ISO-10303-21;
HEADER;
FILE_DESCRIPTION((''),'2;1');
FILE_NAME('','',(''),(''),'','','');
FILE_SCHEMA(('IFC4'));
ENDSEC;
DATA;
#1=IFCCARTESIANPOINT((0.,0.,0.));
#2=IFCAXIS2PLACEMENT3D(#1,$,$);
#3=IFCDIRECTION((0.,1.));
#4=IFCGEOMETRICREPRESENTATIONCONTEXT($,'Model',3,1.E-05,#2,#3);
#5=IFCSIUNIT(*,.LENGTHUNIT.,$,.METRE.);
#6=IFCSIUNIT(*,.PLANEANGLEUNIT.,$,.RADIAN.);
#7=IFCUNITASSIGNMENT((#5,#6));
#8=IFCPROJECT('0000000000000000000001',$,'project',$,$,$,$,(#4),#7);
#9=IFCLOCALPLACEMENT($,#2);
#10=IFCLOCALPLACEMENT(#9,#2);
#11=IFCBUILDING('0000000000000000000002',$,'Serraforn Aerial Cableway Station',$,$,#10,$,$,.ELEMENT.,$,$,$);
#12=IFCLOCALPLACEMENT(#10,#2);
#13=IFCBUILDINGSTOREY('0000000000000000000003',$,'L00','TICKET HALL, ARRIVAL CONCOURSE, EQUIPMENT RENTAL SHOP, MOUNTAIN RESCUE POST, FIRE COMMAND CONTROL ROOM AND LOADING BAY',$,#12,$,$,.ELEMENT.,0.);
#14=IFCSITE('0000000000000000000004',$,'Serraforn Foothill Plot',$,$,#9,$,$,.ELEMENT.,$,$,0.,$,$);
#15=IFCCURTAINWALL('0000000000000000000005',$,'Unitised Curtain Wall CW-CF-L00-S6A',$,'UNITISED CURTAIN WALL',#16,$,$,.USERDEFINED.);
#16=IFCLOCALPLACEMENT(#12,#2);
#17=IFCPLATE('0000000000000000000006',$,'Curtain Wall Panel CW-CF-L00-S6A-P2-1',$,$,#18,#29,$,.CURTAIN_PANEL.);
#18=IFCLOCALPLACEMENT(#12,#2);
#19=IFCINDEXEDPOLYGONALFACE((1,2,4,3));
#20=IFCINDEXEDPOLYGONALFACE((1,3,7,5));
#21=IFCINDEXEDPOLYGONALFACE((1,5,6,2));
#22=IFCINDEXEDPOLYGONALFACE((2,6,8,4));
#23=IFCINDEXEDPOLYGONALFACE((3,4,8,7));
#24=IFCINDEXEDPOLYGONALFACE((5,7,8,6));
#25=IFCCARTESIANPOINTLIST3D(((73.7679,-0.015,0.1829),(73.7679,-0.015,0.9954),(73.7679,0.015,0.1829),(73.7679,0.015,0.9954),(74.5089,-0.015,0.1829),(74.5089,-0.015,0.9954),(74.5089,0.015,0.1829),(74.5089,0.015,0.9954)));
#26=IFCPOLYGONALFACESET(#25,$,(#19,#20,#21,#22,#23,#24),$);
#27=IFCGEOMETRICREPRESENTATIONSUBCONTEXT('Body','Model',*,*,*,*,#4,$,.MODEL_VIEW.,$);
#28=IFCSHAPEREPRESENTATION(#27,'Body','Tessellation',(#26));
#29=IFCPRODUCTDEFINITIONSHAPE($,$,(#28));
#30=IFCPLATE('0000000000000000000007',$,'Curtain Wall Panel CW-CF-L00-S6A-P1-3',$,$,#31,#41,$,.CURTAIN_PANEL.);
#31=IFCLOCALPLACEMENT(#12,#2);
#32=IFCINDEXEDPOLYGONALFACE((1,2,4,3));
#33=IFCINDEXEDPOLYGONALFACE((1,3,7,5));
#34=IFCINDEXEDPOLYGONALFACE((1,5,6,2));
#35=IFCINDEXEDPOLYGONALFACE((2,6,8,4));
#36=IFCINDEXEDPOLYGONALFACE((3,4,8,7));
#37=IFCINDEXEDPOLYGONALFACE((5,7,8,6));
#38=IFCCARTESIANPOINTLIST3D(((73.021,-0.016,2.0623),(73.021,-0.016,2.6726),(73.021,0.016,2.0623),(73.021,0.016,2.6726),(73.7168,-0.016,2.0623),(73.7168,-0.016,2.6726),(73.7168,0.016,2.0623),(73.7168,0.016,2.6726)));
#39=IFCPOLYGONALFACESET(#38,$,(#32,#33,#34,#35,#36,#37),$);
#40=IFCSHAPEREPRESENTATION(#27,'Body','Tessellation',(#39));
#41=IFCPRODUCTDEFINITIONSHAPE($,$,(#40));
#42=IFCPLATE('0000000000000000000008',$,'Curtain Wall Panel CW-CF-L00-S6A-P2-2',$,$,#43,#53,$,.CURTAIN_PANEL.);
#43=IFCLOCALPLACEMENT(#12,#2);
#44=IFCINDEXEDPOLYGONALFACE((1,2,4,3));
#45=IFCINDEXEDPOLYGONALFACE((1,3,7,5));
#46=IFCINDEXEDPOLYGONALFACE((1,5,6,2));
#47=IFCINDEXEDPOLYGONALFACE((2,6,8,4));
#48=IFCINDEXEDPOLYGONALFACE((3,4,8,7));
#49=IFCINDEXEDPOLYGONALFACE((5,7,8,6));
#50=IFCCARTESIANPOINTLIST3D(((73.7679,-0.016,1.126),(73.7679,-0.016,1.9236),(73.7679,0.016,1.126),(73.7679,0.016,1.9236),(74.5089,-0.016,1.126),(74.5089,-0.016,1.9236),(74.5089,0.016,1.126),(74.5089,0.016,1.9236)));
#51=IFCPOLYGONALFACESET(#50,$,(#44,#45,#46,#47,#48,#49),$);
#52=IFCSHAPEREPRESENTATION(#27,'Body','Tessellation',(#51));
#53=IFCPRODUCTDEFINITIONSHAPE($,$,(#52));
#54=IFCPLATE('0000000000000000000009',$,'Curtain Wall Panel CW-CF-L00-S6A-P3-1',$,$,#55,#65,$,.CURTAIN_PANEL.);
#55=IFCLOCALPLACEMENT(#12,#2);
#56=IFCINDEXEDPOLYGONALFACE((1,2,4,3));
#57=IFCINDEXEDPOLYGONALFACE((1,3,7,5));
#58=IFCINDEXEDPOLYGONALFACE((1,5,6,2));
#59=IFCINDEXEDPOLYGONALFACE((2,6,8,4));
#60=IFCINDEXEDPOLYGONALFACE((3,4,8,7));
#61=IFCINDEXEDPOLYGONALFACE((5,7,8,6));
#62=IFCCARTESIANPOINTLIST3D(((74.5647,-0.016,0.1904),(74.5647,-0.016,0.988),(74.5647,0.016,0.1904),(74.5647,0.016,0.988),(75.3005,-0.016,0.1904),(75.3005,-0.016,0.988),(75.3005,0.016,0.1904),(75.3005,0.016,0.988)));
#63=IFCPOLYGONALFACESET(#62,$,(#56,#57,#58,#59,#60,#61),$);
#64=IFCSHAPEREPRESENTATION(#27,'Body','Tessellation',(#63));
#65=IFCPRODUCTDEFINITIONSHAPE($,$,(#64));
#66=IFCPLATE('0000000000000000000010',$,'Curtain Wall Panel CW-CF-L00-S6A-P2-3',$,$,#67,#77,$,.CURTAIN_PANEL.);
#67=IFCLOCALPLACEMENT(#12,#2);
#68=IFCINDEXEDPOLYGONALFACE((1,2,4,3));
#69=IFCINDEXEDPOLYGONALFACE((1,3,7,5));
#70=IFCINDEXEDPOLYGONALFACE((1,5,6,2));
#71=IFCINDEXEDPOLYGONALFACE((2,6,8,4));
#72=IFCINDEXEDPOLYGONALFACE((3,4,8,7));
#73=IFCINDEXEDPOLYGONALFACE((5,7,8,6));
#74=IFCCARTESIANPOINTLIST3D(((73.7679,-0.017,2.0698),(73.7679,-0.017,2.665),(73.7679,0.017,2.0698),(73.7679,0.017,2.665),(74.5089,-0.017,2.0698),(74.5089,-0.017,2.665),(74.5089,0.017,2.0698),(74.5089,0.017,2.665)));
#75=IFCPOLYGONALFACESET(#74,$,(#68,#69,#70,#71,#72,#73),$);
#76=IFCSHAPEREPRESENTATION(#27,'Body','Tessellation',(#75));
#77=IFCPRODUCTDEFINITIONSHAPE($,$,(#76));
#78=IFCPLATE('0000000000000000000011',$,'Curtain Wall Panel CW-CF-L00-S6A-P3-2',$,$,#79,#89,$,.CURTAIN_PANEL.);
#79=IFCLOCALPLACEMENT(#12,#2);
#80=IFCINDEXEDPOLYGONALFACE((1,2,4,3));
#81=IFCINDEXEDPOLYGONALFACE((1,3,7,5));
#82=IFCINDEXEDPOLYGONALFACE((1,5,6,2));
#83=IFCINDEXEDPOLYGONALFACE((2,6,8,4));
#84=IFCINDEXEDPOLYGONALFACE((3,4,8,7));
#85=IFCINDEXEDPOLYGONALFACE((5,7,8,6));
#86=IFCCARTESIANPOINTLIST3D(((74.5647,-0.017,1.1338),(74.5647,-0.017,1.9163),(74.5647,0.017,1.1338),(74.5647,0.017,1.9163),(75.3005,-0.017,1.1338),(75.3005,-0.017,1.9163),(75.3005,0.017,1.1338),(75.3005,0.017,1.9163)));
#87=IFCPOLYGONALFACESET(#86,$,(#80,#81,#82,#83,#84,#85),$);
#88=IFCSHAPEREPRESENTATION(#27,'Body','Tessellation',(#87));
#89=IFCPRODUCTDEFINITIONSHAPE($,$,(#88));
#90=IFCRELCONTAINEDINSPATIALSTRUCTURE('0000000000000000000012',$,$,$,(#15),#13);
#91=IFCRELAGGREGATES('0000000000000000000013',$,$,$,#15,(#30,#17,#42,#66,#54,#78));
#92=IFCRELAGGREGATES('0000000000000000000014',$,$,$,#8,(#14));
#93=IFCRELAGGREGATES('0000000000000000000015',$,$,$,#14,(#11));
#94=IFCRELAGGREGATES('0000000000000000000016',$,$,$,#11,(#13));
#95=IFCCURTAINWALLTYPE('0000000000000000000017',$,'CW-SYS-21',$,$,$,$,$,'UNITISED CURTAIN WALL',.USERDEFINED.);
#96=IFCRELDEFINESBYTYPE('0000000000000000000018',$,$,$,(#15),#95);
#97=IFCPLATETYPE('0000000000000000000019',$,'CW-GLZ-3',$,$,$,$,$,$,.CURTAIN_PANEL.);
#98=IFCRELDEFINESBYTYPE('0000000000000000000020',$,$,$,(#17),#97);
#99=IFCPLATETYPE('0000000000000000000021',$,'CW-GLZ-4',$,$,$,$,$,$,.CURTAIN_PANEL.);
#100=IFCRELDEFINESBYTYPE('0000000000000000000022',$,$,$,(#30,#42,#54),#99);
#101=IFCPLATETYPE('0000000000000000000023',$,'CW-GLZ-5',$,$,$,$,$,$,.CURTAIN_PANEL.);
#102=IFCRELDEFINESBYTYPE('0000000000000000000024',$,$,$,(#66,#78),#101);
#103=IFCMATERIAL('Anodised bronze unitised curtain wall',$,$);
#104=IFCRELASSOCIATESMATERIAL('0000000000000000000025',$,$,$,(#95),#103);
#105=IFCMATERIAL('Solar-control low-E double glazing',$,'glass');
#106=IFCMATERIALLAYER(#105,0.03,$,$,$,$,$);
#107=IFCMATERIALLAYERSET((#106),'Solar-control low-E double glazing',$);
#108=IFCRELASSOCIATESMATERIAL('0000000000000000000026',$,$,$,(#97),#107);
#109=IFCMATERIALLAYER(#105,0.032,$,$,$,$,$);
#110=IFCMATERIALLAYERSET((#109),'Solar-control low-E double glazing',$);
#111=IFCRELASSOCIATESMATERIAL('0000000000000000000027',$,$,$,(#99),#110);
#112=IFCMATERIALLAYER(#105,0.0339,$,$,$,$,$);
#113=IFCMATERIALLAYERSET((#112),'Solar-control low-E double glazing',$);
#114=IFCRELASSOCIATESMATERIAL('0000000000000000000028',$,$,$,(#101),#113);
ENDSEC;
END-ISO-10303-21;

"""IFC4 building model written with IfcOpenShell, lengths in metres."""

from ifc_helpers import new_model, si_unit, direction, frame, origin, origin_2d, place, context, subcontext, project, spatial, rectangle, extrude, material, layer, layer_set, type_object, element, aggregate, save


model = new_model("IFC4")

# Units and contexts
model_context = context("Model", 3, precision=1e-05, world=origin(), true_north=direction((0.0, 1.0)))
body_context = subcontext(model_context, "Body", "Model", "MODEL_VIEW")
ifc_project = project(units=[si_unit("LENGTHUNIT", "METRE"), si_unit("PLANEANGLEUNIT", "RADIAN")], contexts=[model_context])

# Site, building, storey
site_placement = place(None, origin())
site = spatial("IfcSite", under=ifc_project, at=site_placement, Name="Serraforn Foothill Plot", CompositionType="ELEMENT", RefElevation=0.0)
building_placement = place(site_placement, origin())
building = spatial("IfcBuilding", under=site, at=building_placement, Name="Serraforn Aerial Cableway Station", CompositionType="ELEMENT")
storey_placement = place(building_placement, origin())
storey = spatial("IfcBuildingStorey", under=building, at=storey_placement, Name="L00", Description="TICKET HALL, ARRIVAL CONCOURSE, EQUIPMENT RENTAL SHOP, MOUNTAIN RESCUE POST, FIRE COMMAND CONTROL ROOM AND LOADING BAY", CompositionType="ELEMENT", Elevation=0.0)

# Curtain wall, plates
ifc_material_1 = material(Name="Anodised bronze unitised curtain wall")
curtain_wall_type = type_object("IfcCurtainWallType", Name="CW-SYS-21", ElementType="UNITISED CURTAIN WALL", PredefinedType="USERDEFINED", material=ifc_material_1)
curtain_wall_placement = place(storey_placement, origin())
curtain_wall = element("IfcCurtainWall", 1, at=curtain_wall_placement, inside=storey, type_object=curtain_wall_type, Name="Unitised Curtain Wall CW-CF-L00-S6A", ObjectType="UNITISED CURTAIN WALL", PredefinedType="USERDEFINED")
ifc_material_2 = material(Name="Solar-control low-E double glazing", Category="glass")
ifc_layer_1 = layer(ifc_material_2, 0.03)
ifc_layer_set_1 = layer_set([ifc_layer_1], Name="Solar-control low-E double glazing")
plate_type_1 = type_object("IfcPlateType", Name="CW-GLZ-3", PredefinedType="CURTAIN_PANEL", material=ifc_layer_set_1)
plate_1_placement = place(storey_placement, frame((74.1384, 0.0, 0.1829), z_axis=(0.0, 0.0, 1.0), x_axis=(1.0, 0.0, 0.0)))
plate_1 = element("IfcPlate", 2, at=plate_1_placement, type_object=plate_type_1, Name="Curtain Wall Panel CW-CF-L00-S6A-P2-1", PredefinedType="CURTAIN_PANEL", context=body_context, shape_type="SweptSolid", body=[
    extrude(rectangle(XDim=0.741, YDim=0.03, at=origin_2d()), origin(), (0.0, 0.0, 1.0), 0.8125),
])
ifc_layer_2 = layer(ifc_material_2, 0.032)
ifc_layer_set_2 = layer_set([ifc_layer_2], Name="Solar-control low-E double glazing")
plate_type_2 = type_object("IfcPlateType", Name="CW-GLZ-4", PredefinedType="CURTAIN_PANEL", material=ifc_layer_set_2)
plate_2_placement = place(storey_placement, frame((73.3689, 0.0, 2.0623), z_axis=(0.0, 0.0, 1.0), x_axis=(1.0, 0.0, 0.0)))
plate_2 = element("IfcPlate", 3, at=plate_2_placement, type_object=plate_type_2, Name="Curtain Wall Panel CW-CF-L00-S6A-P1-3", PredefinedType="CURTAIN_PANEL", context=body_context, shape_type="SweptSolid", body=[
    extrude(rectangle(XDim=0.6958, YDim=0.032, at=origin_2d()), origin(), (0.0, 0.0, 1.0), 0.6104),
])
plate_3_placement = place(storey_placement, frame((74.1384, 0.0, 1.126), z_axis=(0.0, 0.0, 1.0), x_axis=(1.0, 0.0, 0.0)))
plate_3 = element("IfcPlate", 4, at=plate_3_placement, type_object=plate_type_2, Name="Curtain Wall Panel CW-CF-L00-S6A-P2-2", PredefinedType="CURTAIN_PANEL", context=body_context, shape_type="SweptSolid", body=[
    extrude(rectangle(XDim=0.741, YDim=0.032, at=origin_2d()), origin(), (0.0, 0.0, 1.0), 0.7976),
])
plate_4_placement = place(storey_placement, frame((74.9326, 0.0, 0.1904), z_axis=(0.0, 0.0, 1.0), x_axis=(1.0, 0.0, 0.0)))
plate_4 = element("IfcPlate", 5, at=plate_4_placement, type_object=plate_type_2, Name="Curtain Wall Panel CW-CF-L00-S6A-P3-1", PredefinedType="CURTAIN_PANEL", context=body_context, shape_type="SweptSolid", body=[
    extrude(rectangle(XDim=0.7358, YDim=0.032, at=origin_2d()), origin(), (0.0, 0.0, 1.0), 0.7976),
])
ifc_layer_3 = layer(ifc_material_2, 0.0339)
ifc_layer_set_3 = layer_set([ifc_layer_3], Name="Solar-control low-E double glazing")
plate_type_3 = type_object("IfcPlateType", Name="CW-GLZ-5", PredefinedType="CURTAIN_PANEL", material=ifc_layer_set_3)
plate_5_placement = place(storey_placement, frame((74.1384, 0.0, 2.0698), z_axis=(0.0, 0.0, 1.0), x_axis=(1.0, 0.0, 0.0)))
plate_5 = element("IfcPlate", 6, at=plate_5_placement, type_object=plate_type_3, Name="Curtain Wall Panel CW-CF-L00-S6A-P2-3", PredefinedType="CURTAIN_PANEL", context=body_context, shape_type="SweptSolid", body=[
    extrude(rectangle(XDim=0.741, YDim=0.0339, at=origin_2d()), origin(), (0.0, 0.0, 1.0), 0.5952),
])
plate_6_placement = place(storey_placement, frame((74.9326, 0.0, 1.1338), z_axis=(0.0, 0.0, 1.0), x_axis=(1.0, 0.0, 0.0)))
plate_6 = element("IfcPlate", 7, at=plate_6_placement, type_object=plate_type_3, Name="Curtain Wall Panel CW-CF-L00-S6A-P3-2", PredefinedType="CURTAIN_PANEL", context=body_context, shape_type="SweptSolid", body=[
    extrude(rectangle(XDim=0.7358, YDim=0.0339, at=origin_2d()), origin(), (0.0, 0.0, 1.0), 0.7825),
])
aggregate(curtain_wall, [plate_2, plate_1, plate_3, plate_5, plate_4, plate_6])

save(model, "model.ifc")
